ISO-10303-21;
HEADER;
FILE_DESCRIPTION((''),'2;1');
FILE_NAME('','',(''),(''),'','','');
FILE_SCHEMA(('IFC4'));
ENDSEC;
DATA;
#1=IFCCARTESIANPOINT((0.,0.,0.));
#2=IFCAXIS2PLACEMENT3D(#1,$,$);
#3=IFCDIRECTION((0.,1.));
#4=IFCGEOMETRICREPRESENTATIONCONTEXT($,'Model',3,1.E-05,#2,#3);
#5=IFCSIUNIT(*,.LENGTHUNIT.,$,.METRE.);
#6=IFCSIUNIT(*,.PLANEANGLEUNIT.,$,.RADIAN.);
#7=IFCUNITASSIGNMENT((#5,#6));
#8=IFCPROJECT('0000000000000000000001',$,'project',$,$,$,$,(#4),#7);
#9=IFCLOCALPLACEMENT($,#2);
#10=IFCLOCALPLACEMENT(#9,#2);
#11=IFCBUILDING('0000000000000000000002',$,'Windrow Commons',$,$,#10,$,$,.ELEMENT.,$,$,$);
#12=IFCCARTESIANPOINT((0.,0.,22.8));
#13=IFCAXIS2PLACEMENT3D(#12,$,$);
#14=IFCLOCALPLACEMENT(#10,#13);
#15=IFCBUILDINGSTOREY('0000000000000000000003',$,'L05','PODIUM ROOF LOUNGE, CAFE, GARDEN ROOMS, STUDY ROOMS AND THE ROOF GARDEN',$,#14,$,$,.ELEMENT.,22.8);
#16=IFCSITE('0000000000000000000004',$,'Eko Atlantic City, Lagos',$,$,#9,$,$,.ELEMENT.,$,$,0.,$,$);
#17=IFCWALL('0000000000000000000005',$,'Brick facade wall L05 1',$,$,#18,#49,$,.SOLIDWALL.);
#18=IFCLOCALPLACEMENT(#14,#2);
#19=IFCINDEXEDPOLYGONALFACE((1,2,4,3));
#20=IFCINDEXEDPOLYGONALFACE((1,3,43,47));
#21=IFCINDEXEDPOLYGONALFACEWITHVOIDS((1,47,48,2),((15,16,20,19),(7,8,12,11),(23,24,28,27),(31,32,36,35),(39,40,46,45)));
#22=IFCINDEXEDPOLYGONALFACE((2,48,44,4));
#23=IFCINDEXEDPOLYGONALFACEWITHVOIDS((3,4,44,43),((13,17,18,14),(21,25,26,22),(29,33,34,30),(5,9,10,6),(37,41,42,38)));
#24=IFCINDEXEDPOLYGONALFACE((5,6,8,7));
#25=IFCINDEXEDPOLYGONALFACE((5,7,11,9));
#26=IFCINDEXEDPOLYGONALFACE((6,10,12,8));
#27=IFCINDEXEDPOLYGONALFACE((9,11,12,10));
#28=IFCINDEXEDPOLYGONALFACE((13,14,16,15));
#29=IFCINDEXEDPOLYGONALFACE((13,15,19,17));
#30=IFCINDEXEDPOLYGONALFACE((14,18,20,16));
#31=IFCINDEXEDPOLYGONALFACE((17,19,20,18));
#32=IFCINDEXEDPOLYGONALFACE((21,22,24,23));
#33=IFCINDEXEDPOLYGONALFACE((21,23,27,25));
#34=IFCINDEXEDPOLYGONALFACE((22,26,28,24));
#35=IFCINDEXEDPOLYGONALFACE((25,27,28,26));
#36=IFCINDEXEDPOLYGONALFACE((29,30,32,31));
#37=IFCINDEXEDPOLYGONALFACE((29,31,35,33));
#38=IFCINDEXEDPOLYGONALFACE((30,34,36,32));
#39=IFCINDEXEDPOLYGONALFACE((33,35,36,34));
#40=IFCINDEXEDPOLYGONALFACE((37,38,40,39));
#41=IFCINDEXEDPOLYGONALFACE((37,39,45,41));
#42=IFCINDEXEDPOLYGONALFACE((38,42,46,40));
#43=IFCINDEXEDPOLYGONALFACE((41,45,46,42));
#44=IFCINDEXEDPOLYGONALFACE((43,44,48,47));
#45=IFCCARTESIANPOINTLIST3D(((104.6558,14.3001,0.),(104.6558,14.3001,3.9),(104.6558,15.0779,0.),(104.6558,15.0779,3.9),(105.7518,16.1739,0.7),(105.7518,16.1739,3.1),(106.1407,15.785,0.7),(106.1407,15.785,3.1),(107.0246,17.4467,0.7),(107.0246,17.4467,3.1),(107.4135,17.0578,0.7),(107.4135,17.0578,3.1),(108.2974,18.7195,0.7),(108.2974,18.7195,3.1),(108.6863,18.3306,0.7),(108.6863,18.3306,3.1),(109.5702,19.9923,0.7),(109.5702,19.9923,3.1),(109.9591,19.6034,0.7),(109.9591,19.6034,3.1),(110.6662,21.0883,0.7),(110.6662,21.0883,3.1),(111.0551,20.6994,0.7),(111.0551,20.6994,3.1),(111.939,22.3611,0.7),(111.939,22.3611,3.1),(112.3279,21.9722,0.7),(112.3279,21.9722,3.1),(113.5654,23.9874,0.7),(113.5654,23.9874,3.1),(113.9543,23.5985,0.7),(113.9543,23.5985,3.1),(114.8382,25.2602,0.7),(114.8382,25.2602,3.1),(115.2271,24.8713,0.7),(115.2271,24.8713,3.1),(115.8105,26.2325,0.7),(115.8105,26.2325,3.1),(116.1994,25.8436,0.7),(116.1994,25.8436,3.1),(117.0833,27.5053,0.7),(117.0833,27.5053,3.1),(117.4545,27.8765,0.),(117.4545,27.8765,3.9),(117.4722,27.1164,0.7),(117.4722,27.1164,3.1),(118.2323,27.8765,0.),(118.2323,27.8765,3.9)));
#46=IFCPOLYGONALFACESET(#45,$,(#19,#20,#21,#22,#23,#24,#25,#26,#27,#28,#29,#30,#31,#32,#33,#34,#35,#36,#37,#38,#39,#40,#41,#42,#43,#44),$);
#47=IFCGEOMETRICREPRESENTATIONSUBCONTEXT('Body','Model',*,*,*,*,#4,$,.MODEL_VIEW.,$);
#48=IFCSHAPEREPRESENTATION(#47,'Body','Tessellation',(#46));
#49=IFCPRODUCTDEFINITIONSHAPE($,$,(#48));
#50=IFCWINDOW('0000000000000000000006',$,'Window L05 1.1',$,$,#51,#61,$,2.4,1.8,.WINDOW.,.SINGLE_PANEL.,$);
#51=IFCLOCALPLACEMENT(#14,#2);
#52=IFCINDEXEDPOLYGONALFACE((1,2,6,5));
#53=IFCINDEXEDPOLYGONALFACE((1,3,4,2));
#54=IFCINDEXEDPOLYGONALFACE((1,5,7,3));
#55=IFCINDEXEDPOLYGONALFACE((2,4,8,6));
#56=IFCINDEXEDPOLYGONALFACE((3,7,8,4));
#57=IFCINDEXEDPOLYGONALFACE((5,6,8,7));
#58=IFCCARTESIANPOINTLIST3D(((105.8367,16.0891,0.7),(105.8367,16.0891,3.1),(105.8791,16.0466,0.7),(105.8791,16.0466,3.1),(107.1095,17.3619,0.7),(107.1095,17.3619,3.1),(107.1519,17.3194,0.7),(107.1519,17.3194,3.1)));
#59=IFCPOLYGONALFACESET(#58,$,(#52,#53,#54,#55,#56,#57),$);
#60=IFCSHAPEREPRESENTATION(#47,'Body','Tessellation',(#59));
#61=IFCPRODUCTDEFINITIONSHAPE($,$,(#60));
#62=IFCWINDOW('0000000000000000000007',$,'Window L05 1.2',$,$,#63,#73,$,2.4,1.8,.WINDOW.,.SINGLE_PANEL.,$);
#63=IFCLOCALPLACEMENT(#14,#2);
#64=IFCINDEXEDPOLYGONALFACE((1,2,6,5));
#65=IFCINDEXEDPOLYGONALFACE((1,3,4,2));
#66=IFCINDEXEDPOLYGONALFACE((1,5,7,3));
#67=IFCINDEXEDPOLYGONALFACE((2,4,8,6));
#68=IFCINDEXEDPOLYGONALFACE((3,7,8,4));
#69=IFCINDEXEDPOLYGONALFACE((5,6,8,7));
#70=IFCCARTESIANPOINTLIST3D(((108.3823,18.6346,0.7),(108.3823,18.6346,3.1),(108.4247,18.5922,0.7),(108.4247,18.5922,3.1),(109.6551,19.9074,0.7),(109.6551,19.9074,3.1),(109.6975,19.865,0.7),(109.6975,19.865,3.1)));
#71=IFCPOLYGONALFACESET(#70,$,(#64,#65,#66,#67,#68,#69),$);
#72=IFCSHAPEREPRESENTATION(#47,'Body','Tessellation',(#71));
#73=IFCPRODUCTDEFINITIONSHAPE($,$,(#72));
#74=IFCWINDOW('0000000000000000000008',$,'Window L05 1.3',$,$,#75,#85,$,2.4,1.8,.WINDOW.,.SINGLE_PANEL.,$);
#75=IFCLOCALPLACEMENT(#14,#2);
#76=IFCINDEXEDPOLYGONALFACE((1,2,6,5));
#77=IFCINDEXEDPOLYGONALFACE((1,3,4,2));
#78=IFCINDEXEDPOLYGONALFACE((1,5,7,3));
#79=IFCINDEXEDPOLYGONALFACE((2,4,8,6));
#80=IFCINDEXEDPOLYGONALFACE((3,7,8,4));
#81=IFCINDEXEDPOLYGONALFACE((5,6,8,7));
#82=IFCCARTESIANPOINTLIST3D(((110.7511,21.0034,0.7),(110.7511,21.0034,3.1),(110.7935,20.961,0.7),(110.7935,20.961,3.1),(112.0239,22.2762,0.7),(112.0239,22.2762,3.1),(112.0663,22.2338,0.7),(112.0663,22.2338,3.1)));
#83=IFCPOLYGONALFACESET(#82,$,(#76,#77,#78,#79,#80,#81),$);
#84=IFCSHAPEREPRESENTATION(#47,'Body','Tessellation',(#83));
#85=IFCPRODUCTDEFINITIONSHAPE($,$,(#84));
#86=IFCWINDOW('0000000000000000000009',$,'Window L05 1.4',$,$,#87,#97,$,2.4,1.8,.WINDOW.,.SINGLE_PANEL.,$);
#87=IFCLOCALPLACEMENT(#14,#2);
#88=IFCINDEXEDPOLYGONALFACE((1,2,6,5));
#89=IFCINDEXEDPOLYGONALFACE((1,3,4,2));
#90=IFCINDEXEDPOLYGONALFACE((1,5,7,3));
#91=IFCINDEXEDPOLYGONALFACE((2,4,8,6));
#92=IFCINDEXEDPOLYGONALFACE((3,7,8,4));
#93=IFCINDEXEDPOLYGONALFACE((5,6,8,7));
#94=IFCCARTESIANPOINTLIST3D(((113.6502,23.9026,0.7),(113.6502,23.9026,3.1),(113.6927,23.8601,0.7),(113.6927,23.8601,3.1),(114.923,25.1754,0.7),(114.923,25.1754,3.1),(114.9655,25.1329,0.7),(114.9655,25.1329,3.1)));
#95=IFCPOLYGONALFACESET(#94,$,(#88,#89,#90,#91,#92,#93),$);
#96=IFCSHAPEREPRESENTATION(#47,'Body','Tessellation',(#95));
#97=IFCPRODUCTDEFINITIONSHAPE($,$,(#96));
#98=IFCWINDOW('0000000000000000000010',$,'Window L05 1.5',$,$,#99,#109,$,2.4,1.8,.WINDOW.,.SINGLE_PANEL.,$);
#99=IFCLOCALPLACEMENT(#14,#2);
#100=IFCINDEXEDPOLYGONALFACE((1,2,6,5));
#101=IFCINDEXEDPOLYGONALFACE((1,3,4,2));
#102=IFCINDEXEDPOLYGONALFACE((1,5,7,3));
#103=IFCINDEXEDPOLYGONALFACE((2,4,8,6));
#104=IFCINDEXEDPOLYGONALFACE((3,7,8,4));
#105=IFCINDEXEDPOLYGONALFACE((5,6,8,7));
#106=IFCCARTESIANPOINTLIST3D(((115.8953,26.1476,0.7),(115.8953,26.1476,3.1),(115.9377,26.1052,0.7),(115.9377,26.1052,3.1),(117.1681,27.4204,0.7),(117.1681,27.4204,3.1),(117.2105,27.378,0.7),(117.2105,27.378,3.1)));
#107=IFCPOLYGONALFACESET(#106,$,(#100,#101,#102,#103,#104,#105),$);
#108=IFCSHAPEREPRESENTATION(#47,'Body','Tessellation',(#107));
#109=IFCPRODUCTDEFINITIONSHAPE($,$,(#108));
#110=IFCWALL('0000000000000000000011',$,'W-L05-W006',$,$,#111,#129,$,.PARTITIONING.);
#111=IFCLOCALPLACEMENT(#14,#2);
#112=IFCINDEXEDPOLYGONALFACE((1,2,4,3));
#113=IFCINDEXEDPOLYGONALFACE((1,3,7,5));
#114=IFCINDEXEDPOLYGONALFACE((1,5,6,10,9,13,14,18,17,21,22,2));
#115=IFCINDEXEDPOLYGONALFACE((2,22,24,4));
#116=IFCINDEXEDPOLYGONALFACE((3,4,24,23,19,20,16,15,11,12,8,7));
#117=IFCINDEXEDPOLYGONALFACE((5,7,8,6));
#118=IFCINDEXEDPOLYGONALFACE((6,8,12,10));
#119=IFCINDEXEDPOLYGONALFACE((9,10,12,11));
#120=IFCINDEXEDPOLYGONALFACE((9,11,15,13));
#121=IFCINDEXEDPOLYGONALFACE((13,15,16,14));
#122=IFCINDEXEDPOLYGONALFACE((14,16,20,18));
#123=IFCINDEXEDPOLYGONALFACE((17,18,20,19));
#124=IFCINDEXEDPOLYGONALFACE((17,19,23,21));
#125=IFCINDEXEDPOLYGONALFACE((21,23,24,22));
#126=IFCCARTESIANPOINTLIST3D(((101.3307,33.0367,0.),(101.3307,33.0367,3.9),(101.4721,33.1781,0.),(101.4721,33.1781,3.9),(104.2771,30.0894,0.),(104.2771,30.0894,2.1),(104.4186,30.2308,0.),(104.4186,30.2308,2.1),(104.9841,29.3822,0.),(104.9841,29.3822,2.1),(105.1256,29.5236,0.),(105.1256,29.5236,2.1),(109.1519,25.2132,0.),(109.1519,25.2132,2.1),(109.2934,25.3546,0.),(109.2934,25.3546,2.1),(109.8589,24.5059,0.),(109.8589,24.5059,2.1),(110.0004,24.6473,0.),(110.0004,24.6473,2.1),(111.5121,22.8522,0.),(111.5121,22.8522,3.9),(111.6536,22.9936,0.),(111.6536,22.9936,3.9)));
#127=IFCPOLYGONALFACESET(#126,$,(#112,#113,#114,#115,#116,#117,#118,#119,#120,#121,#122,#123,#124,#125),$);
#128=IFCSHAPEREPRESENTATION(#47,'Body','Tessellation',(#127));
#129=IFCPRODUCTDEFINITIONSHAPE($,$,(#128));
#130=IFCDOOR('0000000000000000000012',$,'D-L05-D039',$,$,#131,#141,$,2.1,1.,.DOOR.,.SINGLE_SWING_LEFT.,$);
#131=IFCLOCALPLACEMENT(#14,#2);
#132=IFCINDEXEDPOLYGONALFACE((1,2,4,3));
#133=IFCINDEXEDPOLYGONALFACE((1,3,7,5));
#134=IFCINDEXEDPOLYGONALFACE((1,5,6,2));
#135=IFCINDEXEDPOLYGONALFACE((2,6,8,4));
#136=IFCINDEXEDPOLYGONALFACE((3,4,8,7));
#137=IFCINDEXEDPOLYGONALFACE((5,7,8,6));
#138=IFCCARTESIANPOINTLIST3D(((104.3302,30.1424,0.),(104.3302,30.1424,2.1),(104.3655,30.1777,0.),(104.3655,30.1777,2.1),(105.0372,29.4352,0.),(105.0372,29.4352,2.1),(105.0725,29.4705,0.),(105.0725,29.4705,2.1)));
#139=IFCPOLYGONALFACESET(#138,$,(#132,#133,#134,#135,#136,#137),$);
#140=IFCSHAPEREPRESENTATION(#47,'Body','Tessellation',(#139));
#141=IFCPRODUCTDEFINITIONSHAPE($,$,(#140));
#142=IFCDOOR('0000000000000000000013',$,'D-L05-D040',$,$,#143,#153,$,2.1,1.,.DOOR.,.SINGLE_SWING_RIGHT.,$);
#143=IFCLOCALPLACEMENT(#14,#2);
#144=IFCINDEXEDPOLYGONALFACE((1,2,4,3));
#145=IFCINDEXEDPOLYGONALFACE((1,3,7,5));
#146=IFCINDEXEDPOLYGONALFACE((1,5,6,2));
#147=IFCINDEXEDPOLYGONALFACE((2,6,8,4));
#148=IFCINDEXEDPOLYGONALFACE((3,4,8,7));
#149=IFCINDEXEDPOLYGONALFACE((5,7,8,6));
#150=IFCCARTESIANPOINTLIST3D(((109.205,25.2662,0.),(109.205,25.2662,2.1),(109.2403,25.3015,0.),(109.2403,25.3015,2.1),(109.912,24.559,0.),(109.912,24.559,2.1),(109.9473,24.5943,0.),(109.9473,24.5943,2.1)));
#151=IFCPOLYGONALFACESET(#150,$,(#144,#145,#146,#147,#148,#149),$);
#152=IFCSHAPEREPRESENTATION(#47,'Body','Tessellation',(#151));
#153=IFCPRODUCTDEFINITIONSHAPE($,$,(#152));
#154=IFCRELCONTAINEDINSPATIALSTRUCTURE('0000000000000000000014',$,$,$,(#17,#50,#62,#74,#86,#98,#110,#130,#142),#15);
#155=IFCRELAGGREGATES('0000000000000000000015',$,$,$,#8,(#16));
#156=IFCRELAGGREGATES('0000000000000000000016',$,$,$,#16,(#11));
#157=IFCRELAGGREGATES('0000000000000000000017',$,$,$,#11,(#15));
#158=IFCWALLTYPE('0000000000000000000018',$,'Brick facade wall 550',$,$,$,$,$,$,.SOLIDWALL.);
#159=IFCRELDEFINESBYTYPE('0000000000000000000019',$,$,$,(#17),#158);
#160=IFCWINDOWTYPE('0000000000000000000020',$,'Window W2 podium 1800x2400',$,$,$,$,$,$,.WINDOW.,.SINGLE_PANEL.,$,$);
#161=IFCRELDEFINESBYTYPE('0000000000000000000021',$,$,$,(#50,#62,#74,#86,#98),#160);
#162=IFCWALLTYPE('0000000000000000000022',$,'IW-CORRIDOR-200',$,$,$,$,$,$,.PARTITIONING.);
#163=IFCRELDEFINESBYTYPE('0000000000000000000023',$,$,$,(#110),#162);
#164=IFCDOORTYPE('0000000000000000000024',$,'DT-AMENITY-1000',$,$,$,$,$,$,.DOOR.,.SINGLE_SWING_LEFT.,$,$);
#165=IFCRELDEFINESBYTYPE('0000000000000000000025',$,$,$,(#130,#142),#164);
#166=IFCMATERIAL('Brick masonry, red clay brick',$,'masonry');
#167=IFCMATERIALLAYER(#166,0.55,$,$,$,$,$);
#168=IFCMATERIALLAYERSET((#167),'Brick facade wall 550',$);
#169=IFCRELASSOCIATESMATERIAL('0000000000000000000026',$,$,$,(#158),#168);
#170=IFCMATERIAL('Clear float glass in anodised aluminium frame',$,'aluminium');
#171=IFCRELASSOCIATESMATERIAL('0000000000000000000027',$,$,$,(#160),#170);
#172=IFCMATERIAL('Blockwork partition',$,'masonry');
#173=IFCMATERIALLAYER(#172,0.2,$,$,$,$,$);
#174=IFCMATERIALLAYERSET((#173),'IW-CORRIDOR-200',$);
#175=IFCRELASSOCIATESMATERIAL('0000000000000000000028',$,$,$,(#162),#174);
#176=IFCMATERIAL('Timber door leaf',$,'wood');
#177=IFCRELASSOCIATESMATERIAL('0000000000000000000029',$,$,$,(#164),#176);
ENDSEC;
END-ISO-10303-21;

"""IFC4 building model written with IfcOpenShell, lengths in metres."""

from ifc_helpers import new_model, si_unit, direction, frame, frame_2d, origin, place, context, subcontext, project, spatial, polyline, rectangle, outline, extrude, material, layer, layer_set, type_object, element, fill, save


model = new_model("IFC4")

# Units and contexts
model_context = context("Model", 3, precision=1e-05, world=origin(), true_north=direction((0.0, 1.0)))
body_context = subcontext(model_context, "Body", "Model", "MODEL_VIEW")
ifc_project = project(units=[si_unit("LENGTHUNIT", "METRE"), si_unit("PLANEANGLEUNIT", "RADIAN")], contexts=[model_context])

# Site, building, storey
site_placement = place(None, origin())
site = spatial("IfcSite", under=ifc_project, at=site_placement, Name="Eko Atlantic City, Lagos", CompositionType="ELEMENT", RefElevation=0.0)
building_placement = place(site_placement, origin())
building = spatial("IfcBuilding", under=site, at=building_placement, Name="Windrow Commons", CompositionType="ELEMENT")
storey_placement = place(building_placement, frame((0.0, 0.0, 22.8)))
storey = spatial("IfcBuildingStorey", under=building, at=storey_placement, Name="L05", Description="PODIUM ROOF LOUNGE, CAFE, GARDEN ROOMS, STUDY ROOMS AND THE ROOF GARDEN", CompositionType="ELEMENT", Elevation=22.8)

# Wall, openings, windows
ifc_material_1 = material(Name="Brick masonry, red clay brick", Category="masonry")
ifc_layer_1 = layer(ifc_material_1, 0.55)
ifc_layer_set_1 = layer_set([ifc_layer_1], Name="Brick facade wall 550")
wall_type_1 = type_object("IfcWallType", Name="Brick facade wall 550", PredefinedType="SOLIDWALL", material=ifc_layer_set_1)
wall_1_placement = place(storey_placement, frame((104.6558, 14.689, 0.0), z_axis=(0.0, 0.0, 1.0), x_axis=(0.707109, 0.707104, 0.0)))
wall_1 = element("IfcWall", 1, at=wall_1_placement, inside=storey, type_object=wall_type_1, Name="Brick facade wall L05 1", PredefinedType="SOLIDWALL", context=body_context, shape_type="SweptSolid", body=[
    extrude(outline(polyline([(-0.275, -0.275), (18.925, -0.275), (18.375, 0.275), (0.275, 0.275), (-0.275, -0.275)])), origin(), (0.0, 0.0, 1.0), 3.9),
])
opening_1_placement = place(wall_1_placement, frame((1.825, 0.0, 0.7)))
opening_1 = element("IfcOpeningElement", 2, at=opening_1_placement, cuts=wall_1, PredefinedType="OPENING", context=body_context, shape_type="SweptSolid", body=[
    extrude(rectangle(XDim=1.8, YDim=2.4, at=frame_2d((0.9, 1.2))), frame((0.0, 0.285, 0.0), z_axis=(0.0, -1.0, 0.0), x_axis=(1.0, 0.0, 0.0)), (0.0, 0.0, 1.0), 0.57),
])
opening_2_placement = place(wall_1_placement, frame((5.425, 0.0, 0.7)))
opening_2 = element("IfcOpeningElement", 3, at=opening_2_placement, cuts=wall_1, PredefinedType="OPENING", context=body_context, shape_type="SweptSolid", body=[
    extrude(rectangle(XDim=1.8, YDim=2.4, at=frame_2d((0.9, 1.2))), frame((0.0, 0.285, 0.0), z_axis=(0.0, -1.0, 0.0), x_axis=(1.0, 0.0, 0.0)), (0.0, 0.0, 1.0), 0.57),
])
opening_3_placement = place(wall_1_placement, frame((8.775, 0.0, 0.7)))
opening_3 = element("IfcOpeningElement", 4, at=opening_3_placement, cuts=wall_1, PredefinedType="OPENING", context=body_context, shape_type="SweptSolid", body=[
    extrude(rectangle(XDim=1.8, YDim=2.4, at=frame_2d((0.9, 1.2))), frame((0.0, 0.285, 0.0), z_axis=(0.0, -1.0, 0.0), x_axis=(1.0, 0.0, 0.0)), (0.0, 0.0, 1.0), 0.57),
])
opening_4_placement = place(wall_1_placement, frame((12.875, 0.0, 0.7)))
opening_4 = element("IfcOpeningElement", 5, at=opening_4_placement, cuts=wall_1, PredefinedType="OPENING", context=body_context, shape_type="SweptSolid", body=[
    extrude(rectangle(XDim=1.8, YDim=2.4, at=frame_2d((0.9, 1.2))), frame((0.0, 0.285, 0.0), z_axis=(0.0, -1.0, 0.0), x_axis=(1.0, 0.0, 0.0)), (0.0, 0.0, 1.0), 0.57),
])
opening_5_placement = place(wall_1_placement, frame((16.05, 0.0, 0.7)))
opening_5 = element("IfcOpeningElement", 6, at=opening_5_placement, cuts=wall_1, PredefinedType="OPENING", context=body_context, shape_type="SweptSolid", body=[
    extrude(rectangle(XDim=1.8, YDim=2.4, at=frame_2d((0.9, 1.2))), frame((0.0, 0.285, 0.0), z_axis=(0.0, -1.0, 0.0), x_axis=(1.0, 0.0, 0.0)), (0.0, 0.0, 1.0), 0.57),
])
ifc_material_2 = material(Name="Clear float glass in anodised aluminium frame", Category="aluminium")
window_type = type_object("IfcWindowType", Name="Window W2 podium 1800x2400", PartitioningType="SINGLE_PANEL", PredefinedType="WINDOW", material=ifc_material_2)
window_1_placement = place(opening_1_placement, origin())
window_1 = element("IfcWindow", 7, at=window_1_placement, inside=storey, type_object=window_type, Name="Window L05 1.1", OverallHeight=2.4, OverallWidth=1.8, PartitioningType="SINGLE_PANEL", PredefinedType="WINDOW", context=body_context, shape_type="SweptSolid", body=[
    extrude(rectangle(XDim=1.8, YDim=2.4, at=frame_2d((0.9, 1.2))), frame((0.0, 0.155, 0.0), z_axis=(0.0, -1.0, 0.0), x_axis=(1.0, 0.0, 0.0)), (0.0, 0.0, 1.0), 0.06),
])
fill(opening_1, window_1)
window_2_placement = place(opening_2_placement, origin())
window_2 = element("IfcWindow", 8, at=window_2_placement, inside=storey, type_object=window_type, Name="Window L05 1.2", OverallHeight=2.4, OverallWidth=1.8, PartitioningType="SINGLE_PANEL", PredefinedType="WINDOW", context=body_context, shape_type="SweptSolid", body=[
    extrude(rectangle(XDim=1.8, YDim=2.4, at=frame_2d((0.9, 1.2))), frame((0.0, 0.155, 0.0), z_axis=(0.0, -1.0, 0.0), x_axis=(1.0, 0.0, 0.0)), (0.0, 0.0, 1.0), 0.06),
])
fill(opening_2, window_2)
window_3_placement = place(opening_3_placement, origin())
window_3 = element("IfcWindow", 9, at=window_3_placement, inside=storey, type_object=window_type, Name="Window L05 1.3", OverallHeight=2.4, OverallWidth=1.8, PartitioningType="SINGLE_PANEL", PredefinedType="WINDOW", context=body_context, shape_type="SweptSolid", body=[
    extrude(rectangle(XDim=1.8, YDim=2.4, at=frame_2d((0.9, 1.2))), frame((0.0, 0.155, 0.0), z_axis=(0.0, -1.0, 0.0), x_axis=(1.0, 0.0, 0.0)), (0.0, 0.0, 1.0), 0.06),
])
fill(opening_3, window_3)
window_4_placement = place(opening_4_placement, origin())
window_4 = element("IfcWindow", 10, at=window_4_placement, inside=storey, type_object=window_type, Name="Window L05 1.4", OverallHeight=2.4, OverallWidth=1.8, PartitioningType="SINGLE_PANEL", PredefinedType="WINDOW", context=body_context, shape_type="SweptSolid", body=[
    extrude(rectangle(XDim=1.8, YDim=2.4, at=frame_2d((0.9, 1.2))), frame((0.0, 0.155, 0.0), z_axis=(0.0, -1.0, 0.0), x_axis=(1.0, 0.0, 0.0)), (0.0, 0.0, 1.0), 0.06),
])
fill(opening_4, window_4)
window_5_placement = place(opening_5_placement, origin())
window_5 = element("IfcWindow", 11, at=window_5_placement, inside=storey, type_object=window_type, Name="Window L05 1.5", OverallHeight=2.4, OverallWidth=1.8, PartitioningType="SINGLE_PANEL", PredefinedType="WINDOW", context=body_context, shape_type="SweptSolid", body=[
    extrude(rectangle(XDim=1.8, YDim=2.4, at=frame_2d((0.9, 1.2))), frame((0.0, 0.155, 0.0), z_axis=(0.0, -1.0, 0.0), x_axis=(1.0, 0.0, 0.0)), (0.0, 0.0, 1.0), 0.06),
])
fill(opening_5, window_5)

# Wall, openings, doors
ifc_material_3 = material(Name="Blockwork partition", Category="masonry")
ifc_layer_2 = layer(ifc_material_3, 0.2)
ifc_layer_set_2 = layer_set([ifc_layer_2], Name="IW-CORRIDOR-200")
wall_type_2 = type_object("IfcWallType", Name="IW-CORRIDOR-200", PredefinedType="PARTITIONING", material=ifc_layer_set_2)
wall_2_placement = place(storey_placement, frame((111.5829, 22.9229, 0.0), z_axis=(0.0, 0.0, 1.0), x_axis=(-0.707003, 0.707211, 0.0)))
wall_2 = element("IfcWall", 12, at=wall_2_placement, inside=storey, type_object=wall_type_2, Name="W-L05-W006", PredefinedType="PARTITIONING", context=body_context, shape_type="SweptSolid", body=[
    extrude(rectangle(XDim=14.4009, YDim=0.2, at=frame_2d((7.2005, 0.0))), origin(), (0.0, 0.0, 1.0), 3.9),
])
opening_6_placement = place(wall_2_placement, frame((9.2334, 0.0, 0.0)))
opening_6 = element("IfcOpeningElement", 13, at=opening_6_placement, cuts=wall_2, PredefinedType="OPENING", context=body_context, shape_type="SweptSolid", body=[
    extrude(rectangle(XDim=1.0, YDim=2.1, at=frame_2d((0.5, 1.05))), frame((0.0, 0.11, 0.0), z_axis=(0.0, -1.0, 0.0), x_axis=(1.0, 0.0, 0.0)), (0.0, 0.0, 1.0), 0.22),
])
opening_7_placement = place(wall_2_placement, frame((2.3384, 0.0, 0.0)))
opening_7 = element("IfcOpeningElement", 14, at=opening_7_placement, cuts=wall_2, PredefinedType="OPENING", context=body_context, shape_type="SweptSolid", body=[
    extrude(rectangle(XDim=1.0, YDim=2.1, at=frame_2d((0.5, 1.05))), frame((0.0, 0.11, 0.0), z_axis=(0.0, -1.0, 0.0), x_axis=(1.0, 0.0, 0.0)), (0.0, 0.0, 1.0), 0.22),
])
ifc_material_4 = material(Name="Timber door leaf", Category="wood")
door_type = type_object("IfcDoorType", Name="DT-AMENITY-1000", OperationType="SINGLE_SWING_LEFT", PredefinedType="DOOR", material=ifc_material_4)
door_1_placement = place(opening_6_placement, origin())
door_1 = element("IfcDoor", 15, at=door_1_placement, inside=storey, type_object=door_type, Name="D-L05-D039", OperationType="SINGLE_SWING_LEFT", OverallHeight=2.1, OverallWidth=1.0, PredefinedType="DOOR", context=body_context, shape_type="SweptSolid", body=[
    extrude(rectangle(XDim=1.0, YDim=2.1, at=frame_2d((0.5, 1.05))), frame((0.0, 0.025, 0.0), z_axis=(0.0, -1.0, 0.0), x_axis=(1.0, 0.0, 0.0)), (0.0, 0.0, 1.0), 0.05),
])
fill(opening_6, door_1)
door_2_placement = place(opening_7_placement, origin())
door_2 = element("IfcDoor", 16, at=door_2_placement, inside=storey, type_object=door_type, Name="D-L05-D040", OperationType="SINGLE_SWING_RIGHT", OverallHeight=2.1, OverallWidth=1.0, PredefinedType="DOOR", context=body_context, shape_type="SweptSolid", body=[
    extrude(rectangle(XDim=1.0, YDim=2.1, at=frame_2d((0.5, 1.05))), frame((0.0, 0.025, 0.0), z_axis=(0.0, -1.0, 0.0), x_axis=(1.0, 0.0, 0.0)), (0.0, 0.0, 1.0), 0.05),
])
fill(opening_7, door_2)

save(model, "model.ifc")
